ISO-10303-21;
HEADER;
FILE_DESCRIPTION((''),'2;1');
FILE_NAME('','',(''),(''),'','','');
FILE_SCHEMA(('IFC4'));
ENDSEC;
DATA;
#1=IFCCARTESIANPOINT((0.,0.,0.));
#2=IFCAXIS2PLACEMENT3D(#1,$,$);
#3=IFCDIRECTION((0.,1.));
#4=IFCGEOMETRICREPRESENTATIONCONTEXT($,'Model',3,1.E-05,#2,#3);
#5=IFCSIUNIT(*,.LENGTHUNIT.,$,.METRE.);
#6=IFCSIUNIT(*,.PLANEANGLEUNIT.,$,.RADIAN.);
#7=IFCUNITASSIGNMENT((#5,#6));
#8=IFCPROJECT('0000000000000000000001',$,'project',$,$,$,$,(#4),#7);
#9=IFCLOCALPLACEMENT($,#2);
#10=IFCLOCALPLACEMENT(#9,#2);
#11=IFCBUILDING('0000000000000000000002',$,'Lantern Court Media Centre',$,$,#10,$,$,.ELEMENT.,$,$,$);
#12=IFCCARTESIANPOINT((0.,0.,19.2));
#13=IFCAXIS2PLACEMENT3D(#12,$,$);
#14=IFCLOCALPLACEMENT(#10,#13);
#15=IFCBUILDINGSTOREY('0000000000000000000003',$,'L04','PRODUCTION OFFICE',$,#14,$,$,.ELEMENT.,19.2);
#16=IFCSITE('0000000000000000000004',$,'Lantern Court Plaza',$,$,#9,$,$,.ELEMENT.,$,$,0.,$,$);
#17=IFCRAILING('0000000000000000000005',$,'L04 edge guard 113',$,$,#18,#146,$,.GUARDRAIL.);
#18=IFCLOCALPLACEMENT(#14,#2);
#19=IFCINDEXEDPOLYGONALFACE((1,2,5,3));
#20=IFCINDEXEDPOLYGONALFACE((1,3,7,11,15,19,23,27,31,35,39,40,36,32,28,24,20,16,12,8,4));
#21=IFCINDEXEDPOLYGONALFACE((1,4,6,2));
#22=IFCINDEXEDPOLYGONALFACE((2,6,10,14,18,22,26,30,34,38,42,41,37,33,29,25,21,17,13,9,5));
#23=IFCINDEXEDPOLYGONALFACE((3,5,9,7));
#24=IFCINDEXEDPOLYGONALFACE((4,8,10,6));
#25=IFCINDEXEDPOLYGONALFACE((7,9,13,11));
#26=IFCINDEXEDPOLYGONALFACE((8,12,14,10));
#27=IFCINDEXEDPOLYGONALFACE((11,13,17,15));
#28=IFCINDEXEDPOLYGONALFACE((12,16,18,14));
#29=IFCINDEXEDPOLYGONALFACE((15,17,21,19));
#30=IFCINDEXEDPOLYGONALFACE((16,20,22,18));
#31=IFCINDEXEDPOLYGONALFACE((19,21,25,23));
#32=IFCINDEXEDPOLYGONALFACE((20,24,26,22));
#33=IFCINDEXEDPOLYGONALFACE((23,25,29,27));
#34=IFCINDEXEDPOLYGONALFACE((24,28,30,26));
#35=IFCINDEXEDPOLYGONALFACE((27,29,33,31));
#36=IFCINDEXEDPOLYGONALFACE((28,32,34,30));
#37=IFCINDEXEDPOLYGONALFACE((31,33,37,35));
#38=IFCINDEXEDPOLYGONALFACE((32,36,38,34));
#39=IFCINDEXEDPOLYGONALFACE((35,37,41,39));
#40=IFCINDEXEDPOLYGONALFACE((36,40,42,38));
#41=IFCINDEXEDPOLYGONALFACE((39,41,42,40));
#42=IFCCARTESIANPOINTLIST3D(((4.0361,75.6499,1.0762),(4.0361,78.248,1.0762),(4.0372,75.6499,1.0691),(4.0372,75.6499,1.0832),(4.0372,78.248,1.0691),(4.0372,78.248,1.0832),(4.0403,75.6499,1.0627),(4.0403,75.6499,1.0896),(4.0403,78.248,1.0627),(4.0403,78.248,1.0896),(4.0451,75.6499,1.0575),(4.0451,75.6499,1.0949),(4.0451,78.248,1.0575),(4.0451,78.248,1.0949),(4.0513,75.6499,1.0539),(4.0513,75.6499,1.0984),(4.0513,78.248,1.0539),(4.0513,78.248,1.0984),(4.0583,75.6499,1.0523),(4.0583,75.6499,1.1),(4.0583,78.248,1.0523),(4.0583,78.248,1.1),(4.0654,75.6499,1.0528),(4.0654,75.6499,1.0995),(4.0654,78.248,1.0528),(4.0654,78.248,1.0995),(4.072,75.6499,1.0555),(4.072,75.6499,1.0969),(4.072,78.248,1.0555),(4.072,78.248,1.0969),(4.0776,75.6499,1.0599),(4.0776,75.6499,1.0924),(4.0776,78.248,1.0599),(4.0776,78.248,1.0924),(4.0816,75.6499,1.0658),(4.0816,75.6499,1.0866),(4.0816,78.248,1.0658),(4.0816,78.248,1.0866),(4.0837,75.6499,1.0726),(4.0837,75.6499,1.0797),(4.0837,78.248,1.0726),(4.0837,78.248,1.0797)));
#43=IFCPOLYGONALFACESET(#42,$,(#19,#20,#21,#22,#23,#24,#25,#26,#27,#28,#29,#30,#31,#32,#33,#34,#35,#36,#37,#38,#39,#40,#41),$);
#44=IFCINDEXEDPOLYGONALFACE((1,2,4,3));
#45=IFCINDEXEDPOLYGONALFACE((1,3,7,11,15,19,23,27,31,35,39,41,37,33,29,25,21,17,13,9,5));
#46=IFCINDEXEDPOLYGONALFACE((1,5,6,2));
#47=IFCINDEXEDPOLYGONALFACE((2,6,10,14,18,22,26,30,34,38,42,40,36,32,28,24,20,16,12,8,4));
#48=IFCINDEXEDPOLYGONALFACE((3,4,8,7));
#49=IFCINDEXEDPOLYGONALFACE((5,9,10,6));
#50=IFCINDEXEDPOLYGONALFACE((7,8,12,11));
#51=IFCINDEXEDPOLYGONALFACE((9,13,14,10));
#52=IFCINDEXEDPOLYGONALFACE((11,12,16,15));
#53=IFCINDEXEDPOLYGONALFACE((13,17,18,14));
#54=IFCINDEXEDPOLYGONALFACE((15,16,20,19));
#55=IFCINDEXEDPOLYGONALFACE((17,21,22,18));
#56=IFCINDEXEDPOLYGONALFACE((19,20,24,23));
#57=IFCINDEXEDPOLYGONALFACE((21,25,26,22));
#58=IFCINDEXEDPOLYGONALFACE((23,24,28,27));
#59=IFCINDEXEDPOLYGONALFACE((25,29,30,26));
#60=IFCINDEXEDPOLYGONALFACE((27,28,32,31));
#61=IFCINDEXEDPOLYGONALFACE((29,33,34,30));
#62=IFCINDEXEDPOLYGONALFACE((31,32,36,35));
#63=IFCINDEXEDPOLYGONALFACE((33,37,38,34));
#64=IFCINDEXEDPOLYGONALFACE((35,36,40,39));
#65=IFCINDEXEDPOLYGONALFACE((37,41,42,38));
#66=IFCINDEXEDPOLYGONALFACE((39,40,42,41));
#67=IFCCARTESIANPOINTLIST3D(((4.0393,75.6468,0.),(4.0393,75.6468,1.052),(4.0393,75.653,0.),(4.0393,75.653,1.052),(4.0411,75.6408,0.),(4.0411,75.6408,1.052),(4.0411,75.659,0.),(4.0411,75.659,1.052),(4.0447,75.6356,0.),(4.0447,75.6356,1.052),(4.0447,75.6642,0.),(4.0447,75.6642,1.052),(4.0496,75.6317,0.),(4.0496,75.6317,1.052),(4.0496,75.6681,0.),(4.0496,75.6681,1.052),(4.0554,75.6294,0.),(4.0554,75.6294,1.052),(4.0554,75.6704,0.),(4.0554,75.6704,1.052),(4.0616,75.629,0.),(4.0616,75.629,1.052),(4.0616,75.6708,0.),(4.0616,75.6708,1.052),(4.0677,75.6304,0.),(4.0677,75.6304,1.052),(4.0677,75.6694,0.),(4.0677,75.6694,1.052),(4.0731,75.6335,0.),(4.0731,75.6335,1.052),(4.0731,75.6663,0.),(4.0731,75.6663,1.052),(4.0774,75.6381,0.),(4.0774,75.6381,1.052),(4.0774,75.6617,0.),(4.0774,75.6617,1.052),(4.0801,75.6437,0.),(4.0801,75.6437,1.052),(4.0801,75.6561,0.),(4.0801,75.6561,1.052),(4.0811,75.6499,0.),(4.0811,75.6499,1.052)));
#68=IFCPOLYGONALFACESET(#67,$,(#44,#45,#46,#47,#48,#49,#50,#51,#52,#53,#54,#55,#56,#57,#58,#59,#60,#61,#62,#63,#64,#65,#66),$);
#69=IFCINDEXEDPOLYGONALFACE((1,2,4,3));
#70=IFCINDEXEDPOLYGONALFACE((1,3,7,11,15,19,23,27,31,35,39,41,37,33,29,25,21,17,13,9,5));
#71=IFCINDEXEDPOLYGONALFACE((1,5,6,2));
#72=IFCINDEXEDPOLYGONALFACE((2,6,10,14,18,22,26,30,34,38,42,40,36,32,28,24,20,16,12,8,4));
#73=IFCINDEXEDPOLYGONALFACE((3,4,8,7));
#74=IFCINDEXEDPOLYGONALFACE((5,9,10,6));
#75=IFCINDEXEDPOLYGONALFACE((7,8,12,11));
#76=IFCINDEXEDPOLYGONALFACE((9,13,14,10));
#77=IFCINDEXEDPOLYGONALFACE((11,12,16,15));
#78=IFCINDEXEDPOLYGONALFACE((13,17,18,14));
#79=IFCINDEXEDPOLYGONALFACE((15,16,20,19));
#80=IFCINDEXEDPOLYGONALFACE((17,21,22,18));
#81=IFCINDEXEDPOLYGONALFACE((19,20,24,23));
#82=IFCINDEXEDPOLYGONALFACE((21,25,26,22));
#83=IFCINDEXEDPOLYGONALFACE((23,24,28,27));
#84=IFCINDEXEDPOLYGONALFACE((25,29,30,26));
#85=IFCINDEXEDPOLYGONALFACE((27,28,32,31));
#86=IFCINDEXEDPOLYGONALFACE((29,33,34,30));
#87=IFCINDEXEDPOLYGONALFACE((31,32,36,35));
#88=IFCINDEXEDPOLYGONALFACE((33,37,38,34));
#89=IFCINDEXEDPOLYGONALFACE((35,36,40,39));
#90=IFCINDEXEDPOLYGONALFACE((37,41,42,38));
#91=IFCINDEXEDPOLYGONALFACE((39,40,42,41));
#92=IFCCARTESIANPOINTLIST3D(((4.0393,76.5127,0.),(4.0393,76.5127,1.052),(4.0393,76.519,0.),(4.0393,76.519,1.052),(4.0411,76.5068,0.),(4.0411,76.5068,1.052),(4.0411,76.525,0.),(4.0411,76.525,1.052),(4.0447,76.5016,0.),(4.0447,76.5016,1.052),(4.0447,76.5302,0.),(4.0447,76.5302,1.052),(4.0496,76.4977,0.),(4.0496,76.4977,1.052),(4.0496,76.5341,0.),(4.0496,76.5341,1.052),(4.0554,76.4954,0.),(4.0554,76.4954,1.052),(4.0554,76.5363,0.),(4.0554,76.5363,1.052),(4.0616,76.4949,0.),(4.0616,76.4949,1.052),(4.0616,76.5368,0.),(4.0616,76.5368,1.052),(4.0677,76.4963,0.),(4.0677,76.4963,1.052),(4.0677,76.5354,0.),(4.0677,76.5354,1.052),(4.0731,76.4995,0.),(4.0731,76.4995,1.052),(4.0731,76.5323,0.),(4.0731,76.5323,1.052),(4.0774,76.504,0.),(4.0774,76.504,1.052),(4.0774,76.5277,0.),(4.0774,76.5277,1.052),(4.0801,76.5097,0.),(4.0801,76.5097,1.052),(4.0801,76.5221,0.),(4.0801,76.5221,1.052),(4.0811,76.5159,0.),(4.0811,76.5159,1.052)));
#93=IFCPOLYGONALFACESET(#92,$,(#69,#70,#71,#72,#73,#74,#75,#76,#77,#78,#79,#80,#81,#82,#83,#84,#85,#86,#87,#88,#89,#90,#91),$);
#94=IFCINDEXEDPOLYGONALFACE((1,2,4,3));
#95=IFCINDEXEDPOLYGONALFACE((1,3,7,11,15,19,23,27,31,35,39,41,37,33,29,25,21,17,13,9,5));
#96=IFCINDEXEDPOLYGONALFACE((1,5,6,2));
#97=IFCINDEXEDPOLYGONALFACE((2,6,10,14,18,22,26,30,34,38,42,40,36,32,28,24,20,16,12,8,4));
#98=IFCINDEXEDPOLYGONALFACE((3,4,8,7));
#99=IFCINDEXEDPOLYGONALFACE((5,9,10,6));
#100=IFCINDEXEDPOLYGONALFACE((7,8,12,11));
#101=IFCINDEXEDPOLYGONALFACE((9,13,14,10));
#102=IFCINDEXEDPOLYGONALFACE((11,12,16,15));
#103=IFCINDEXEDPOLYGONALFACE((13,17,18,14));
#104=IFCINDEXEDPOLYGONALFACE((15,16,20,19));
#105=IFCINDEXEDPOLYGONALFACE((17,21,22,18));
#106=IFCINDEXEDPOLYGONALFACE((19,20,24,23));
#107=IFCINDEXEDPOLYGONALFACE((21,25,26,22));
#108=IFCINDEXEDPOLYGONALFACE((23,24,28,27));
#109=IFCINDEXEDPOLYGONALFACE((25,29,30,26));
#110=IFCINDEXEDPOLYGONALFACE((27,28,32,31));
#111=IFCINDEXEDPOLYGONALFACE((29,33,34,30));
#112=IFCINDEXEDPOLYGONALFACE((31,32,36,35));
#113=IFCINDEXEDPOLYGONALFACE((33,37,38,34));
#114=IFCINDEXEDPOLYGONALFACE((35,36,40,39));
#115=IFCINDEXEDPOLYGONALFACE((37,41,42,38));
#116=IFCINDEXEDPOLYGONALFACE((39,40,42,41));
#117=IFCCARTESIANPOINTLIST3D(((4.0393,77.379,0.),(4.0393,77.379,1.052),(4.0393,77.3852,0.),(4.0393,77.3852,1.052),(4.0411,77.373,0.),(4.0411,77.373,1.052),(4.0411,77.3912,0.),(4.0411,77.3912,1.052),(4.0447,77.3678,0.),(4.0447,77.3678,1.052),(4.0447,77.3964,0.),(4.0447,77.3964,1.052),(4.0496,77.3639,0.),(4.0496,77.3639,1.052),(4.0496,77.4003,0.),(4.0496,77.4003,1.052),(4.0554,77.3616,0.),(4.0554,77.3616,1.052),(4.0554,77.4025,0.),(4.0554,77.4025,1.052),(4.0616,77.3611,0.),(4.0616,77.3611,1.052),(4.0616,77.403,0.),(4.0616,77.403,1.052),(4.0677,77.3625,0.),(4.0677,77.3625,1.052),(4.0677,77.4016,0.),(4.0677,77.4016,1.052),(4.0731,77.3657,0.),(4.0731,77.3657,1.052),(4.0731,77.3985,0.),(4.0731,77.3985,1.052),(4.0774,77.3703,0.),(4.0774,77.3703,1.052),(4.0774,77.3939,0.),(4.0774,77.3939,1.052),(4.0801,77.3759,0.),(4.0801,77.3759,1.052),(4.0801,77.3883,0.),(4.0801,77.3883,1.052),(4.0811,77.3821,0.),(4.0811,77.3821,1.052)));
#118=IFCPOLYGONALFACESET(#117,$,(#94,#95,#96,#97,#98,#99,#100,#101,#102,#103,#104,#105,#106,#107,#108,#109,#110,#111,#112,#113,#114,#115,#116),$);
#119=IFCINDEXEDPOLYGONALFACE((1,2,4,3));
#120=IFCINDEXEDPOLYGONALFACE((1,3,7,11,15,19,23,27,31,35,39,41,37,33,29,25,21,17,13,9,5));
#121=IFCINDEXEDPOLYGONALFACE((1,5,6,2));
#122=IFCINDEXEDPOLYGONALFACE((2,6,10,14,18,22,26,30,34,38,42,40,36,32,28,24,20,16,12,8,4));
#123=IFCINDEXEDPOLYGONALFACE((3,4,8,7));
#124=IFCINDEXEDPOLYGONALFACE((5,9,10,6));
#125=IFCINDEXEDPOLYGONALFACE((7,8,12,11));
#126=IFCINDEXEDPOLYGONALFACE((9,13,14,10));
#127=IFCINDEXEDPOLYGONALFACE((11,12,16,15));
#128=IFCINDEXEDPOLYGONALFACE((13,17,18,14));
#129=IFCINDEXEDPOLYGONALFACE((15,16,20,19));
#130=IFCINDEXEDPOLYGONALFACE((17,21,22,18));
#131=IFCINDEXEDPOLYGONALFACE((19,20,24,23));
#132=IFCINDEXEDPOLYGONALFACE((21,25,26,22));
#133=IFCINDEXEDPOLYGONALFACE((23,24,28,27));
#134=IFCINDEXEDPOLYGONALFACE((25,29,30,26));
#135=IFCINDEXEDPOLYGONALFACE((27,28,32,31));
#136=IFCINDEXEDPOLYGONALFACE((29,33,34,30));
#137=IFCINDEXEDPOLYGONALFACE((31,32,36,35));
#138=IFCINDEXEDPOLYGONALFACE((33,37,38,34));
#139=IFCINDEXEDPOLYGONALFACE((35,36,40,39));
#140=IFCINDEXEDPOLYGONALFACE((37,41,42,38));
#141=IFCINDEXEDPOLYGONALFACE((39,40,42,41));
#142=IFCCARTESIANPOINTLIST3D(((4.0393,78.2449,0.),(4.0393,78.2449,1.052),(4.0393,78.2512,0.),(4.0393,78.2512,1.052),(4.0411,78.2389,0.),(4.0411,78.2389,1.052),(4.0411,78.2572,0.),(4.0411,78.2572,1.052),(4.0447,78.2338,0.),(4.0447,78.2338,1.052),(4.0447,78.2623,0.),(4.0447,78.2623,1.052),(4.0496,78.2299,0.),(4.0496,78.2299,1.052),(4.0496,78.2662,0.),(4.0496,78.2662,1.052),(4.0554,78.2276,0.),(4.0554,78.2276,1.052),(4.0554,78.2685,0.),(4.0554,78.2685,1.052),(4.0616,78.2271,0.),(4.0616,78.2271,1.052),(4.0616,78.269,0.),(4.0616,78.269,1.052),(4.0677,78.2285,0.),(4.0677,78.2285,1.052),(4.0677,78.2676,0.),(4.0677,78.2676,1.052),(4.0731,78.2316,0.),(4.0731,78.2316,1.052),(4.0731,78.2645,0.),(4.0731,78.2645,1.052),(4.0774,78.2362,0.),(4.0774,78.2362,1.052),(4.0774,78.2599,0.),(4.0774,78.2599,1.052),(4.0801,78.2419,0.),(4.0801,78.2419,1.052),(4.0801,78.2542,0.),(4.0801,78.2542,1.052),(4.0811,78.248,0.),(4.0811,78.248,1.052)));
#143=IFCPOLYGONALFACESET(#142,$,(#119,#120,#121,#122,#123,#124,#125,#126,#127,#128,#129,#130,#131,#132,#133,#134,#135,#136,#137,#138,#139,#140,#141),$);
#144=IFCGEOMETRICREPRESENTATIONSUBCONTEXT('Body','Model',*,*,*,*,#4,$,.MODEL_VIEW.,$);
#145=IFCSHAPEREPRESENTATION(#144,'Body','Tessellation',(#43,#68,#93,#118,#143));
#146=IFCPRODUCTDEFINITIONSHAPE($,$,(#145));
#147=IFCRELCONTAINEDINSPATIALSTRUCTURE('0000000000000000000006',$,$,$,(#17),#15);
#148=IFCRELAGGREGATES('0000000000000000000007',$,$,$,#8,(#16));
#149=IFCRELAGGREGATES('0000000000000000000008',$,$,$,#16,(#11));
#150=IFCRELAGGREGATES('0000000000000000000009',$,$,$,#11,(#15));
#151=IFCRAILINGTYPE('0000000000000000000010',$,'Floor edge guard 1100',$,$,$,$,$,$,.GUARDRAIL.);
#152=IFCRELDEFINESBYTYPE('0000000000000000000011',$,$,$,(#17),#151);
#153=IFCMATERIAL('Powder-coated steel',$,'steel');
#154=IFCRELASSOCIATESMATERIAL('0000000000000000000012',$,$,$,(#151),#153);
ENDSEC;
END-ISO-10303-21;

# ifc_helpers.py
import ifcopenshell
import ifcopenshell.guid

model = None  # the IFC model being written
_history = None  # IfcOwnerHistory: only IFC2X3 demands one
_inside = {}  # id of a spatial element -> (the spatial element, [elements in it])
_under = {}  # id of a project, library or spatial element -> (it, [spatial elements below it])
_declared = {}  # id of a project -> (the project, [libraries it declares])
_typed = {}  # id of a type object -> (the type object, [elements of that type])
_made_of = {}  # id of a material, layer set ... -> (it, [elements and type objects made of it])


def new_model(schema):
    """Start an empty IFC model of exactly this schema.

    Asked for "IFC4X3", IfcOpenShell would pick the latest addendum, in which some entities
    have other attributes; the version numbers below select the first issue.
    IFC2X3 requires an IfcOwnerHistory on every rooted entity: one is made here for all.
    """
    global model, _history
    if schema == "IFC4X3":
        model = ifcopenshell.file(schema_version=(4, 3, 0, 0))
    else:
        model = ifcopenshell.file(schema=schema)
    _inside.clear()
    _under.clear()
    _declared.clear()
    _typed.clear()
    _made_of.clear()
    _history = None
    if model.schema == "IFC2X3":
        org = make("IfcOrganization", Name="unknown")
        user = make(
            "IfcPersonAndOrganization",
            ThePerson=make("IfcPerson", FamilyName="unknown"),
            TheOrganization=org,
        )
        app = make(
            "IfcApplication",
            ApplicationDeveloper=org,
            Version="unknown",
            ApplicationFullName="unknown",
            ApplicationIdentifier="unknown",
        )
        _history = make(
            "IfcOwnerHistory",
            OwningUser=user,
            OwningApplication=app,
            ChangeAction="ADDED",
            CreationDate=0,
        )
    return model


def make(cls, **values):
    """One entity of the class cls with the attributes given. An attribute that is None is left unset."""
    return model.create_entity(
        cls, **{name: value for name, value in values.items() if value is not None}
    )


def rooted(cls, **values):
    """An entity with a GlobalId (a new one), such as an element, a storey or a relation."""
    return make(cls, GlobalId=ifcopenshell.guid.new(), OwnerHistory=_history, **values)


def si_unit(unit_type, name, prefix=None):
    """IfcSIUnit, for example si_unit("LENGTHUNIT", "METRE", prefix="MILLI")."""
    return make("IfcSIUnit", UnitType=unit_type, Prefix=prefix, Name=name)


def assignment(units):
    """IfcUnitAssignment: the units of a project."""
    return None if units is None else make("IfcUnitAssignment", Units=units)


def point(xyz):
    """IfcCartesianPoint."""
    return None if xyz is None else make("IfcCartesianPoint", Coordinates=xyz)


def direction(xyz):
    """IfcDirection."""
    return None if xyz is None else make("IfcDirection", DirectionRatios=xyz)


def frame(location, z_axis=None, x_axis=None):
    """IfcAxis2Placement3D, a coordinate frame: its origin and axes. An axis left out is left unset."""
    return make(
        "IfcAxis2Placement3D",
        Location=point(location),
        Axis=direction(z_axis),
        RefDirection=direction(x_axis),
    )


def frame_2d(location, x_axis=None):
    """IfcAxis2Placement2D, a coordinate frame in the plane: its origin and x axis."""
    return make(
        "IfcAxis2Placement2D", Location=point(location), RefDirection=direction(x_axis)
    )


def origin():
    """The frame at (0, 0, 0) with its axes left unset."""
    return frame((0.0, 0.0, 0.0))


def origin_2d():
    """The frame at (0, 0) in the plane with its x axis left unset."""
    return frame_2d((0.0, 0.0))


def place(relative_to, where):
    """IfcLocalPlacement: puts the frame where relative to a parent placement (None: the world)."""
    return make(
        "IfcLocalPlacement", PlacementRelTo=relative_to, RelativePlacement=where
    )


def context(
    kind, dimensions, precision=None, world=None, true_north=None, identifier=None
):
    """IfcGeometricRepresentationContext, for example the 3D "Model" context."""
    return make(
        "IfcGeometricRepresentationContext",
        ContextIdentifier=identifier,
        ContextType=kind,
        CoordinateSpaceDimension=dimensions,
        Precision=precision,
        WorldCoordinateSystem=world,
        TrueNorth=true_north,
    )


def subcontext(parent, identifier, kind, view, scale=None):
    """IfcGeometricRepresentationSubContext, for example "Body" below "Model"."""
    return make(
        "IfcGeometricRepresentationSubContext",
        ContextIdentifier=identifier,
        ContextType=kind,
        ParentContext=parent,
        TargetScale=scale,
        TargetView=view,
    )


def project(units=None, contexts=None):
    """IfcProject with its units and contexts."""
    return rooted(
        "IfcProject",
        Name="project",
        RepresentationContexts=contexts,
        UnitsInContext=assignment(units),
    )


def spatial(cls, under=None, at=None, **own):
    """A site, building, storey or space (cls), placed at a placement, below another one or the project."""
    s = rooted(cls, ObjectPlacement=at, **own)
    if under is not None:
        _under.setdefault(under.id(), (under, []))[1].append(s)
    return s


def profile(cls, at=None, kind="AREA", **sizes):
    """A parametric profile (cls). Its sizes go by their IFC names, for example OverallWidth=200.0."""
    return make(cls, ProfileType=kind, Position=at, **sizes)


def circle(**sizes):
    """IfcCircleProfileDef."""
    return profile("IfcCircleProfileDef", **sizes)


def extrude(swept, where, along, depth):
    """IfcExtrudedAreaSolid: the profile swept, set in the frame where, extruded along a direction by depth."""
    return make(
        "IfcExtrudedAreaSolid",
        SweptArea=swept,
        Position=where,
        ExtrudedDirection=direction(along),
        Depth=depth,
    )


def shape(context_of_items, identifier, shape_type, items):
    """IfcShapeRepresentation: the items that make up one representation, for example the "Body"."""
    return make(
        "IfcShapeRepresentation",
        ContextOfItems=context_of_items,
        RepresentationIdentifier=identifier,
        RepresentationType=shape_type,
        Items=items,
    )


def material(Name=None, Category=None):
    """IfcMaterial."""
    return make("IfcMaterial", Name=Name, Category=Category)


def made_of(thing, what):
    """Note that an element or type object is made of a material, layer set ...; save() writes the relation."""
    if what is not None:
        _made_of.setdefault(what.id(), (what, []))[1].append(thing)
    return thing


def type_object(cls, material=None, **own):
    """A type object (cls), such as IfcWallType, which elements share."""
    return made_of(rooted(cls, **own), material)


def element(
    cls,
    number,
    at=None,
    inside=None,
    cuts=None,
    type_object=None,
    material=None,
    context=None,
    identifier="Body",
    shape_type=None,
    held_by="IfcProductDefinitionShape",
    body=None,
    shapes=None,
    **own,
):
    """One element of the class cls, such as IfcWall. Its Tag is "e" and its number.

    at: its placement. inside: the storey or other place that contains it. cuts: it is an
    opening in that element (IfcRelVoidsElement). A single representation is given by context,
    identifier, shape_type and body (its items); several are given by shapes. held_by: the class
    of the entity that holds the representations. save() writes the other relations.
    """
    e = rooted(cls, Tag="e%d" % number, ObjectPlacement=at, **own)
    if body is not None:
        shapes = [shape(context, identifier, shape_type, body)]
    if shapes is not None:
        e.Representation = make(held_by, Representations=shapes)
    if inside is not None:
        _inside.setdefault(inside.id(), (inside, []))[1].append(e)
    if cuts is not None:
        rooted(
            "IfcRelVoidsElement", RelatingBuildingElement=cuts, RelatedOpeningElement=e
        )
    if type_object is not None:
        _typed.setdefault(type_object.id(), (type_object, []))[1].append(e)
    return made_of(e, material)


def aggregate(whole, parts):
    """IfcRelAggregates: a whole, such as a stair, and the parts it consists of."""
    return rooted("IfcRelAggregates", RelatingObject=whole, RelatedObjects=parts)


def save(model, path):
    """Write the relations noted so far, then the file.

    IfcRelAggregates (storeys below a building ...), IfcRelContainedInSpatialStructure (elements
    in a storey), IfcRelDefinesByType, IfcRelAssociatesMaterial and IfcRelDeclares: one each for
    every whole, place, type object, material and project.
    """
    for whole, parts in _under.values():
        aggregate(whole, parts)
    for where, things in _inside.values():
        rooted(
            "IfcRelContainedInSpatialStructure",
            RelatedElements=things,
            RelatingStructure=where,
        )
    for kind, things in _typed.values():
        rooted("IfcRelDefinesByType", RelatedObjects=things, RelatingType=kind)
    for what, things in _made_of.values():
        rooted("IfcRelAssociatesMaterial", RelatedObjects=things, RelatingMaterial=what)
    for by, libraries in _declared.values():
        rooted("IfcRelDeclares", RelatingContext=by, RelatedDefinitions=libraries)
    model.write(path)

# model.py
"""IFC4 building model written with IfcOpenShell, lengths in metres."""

from ifc_helpers import new_model, si_unit, direction, frame, origin, origin_2d, place, context, subcontext, project, spatial, circle, extrude, material, type_object, element, save


model = new_model("IFC4")

# Units and contexts
model_context = context("Model", 3, precision=1e-05, world=origin(), true_north=direction((0.0, 1.0)))
body_context = subcontext(model_context, "Body", "Model", "MODEL_VIEW")
ifc_project = project(units=[si_unit("LENGTHUNIT", "METRE"), si_unit("PLANEANGLEUNIT", "RADIAN")], contexts=[model_context])

# Site, building, storey
site_placement = place(None, origin())
site = spatial("IfcSite", under=ifc_project, at=site_placement, Name="Lantern Court Plaza", CompositionType="ELEMENT", RefElevation=0.0)
building_placement = place(site_placement, origin())
building = spatial("IfcBuilding", under=site, at=building_placement, Name="Lantern Court Media Centre", CompositionType="ELEMENT")
storey_placement = place(building_placement, frame((0.0, 0.0, 19.2)))
storey = spatial("IfcBuildingStorey", under=building, at=storey_placement, Name="L04", Description="PRODUCTION OFFICE", CompositionType="ELEMENT", Elevation=19.2)

# Railing
ifc_material_1 = material(Name="Powder-coated steel", Category="steel")
railing_type = type_object("IfcRailingType", Name="Floor edge guard 1100", PredefinedType="GUARDRAIL", material=ifc_material_1)
railing_1_placement = place(storey_placement, frame((4.0601, 75.6499, 0.0)))
element("IfcRailing", 1, at=railing_1_placement, inside=storey, type_object=railing_type, Name="L04 edge guard 113", PredefinedType="GUARDRAIL", context=body_context, shape_type="SweptSolid", body=[
    extrude(circle(Radius=0.0239, at=origin_2d()), frame((0.0, 0.0, 1.0762), z_axis=(0.0, 1.0, 0.0), x_axis=(-1.0, 0.0, 0.0)), (0.0, 0.0, 1.0), 2.5981),
    extrude(circle(Radius=0.021, at=origin_2d()), origin(), (0.0, 0.0, 1.0), 1.052),
    extrude(circle(Radius=0.021, at=origin_2d()), frame((0.0, 0.866, 0.0)), (0.0, 0.0, 1.0), 1.052),
    extrude(circle(Radius=0.021, at=origin_2d()), frame((0.0, 1.7322, 0.0)), (0.0, 0.0, 1.0), 1.052),
    extrude(circle(Radius=0.021, at=origin_2d()), frame((0.0, 2.5981, 0.0)), (0.0, 0.0, 1.0), 1.052),
])

save(model, "model.ifc")
